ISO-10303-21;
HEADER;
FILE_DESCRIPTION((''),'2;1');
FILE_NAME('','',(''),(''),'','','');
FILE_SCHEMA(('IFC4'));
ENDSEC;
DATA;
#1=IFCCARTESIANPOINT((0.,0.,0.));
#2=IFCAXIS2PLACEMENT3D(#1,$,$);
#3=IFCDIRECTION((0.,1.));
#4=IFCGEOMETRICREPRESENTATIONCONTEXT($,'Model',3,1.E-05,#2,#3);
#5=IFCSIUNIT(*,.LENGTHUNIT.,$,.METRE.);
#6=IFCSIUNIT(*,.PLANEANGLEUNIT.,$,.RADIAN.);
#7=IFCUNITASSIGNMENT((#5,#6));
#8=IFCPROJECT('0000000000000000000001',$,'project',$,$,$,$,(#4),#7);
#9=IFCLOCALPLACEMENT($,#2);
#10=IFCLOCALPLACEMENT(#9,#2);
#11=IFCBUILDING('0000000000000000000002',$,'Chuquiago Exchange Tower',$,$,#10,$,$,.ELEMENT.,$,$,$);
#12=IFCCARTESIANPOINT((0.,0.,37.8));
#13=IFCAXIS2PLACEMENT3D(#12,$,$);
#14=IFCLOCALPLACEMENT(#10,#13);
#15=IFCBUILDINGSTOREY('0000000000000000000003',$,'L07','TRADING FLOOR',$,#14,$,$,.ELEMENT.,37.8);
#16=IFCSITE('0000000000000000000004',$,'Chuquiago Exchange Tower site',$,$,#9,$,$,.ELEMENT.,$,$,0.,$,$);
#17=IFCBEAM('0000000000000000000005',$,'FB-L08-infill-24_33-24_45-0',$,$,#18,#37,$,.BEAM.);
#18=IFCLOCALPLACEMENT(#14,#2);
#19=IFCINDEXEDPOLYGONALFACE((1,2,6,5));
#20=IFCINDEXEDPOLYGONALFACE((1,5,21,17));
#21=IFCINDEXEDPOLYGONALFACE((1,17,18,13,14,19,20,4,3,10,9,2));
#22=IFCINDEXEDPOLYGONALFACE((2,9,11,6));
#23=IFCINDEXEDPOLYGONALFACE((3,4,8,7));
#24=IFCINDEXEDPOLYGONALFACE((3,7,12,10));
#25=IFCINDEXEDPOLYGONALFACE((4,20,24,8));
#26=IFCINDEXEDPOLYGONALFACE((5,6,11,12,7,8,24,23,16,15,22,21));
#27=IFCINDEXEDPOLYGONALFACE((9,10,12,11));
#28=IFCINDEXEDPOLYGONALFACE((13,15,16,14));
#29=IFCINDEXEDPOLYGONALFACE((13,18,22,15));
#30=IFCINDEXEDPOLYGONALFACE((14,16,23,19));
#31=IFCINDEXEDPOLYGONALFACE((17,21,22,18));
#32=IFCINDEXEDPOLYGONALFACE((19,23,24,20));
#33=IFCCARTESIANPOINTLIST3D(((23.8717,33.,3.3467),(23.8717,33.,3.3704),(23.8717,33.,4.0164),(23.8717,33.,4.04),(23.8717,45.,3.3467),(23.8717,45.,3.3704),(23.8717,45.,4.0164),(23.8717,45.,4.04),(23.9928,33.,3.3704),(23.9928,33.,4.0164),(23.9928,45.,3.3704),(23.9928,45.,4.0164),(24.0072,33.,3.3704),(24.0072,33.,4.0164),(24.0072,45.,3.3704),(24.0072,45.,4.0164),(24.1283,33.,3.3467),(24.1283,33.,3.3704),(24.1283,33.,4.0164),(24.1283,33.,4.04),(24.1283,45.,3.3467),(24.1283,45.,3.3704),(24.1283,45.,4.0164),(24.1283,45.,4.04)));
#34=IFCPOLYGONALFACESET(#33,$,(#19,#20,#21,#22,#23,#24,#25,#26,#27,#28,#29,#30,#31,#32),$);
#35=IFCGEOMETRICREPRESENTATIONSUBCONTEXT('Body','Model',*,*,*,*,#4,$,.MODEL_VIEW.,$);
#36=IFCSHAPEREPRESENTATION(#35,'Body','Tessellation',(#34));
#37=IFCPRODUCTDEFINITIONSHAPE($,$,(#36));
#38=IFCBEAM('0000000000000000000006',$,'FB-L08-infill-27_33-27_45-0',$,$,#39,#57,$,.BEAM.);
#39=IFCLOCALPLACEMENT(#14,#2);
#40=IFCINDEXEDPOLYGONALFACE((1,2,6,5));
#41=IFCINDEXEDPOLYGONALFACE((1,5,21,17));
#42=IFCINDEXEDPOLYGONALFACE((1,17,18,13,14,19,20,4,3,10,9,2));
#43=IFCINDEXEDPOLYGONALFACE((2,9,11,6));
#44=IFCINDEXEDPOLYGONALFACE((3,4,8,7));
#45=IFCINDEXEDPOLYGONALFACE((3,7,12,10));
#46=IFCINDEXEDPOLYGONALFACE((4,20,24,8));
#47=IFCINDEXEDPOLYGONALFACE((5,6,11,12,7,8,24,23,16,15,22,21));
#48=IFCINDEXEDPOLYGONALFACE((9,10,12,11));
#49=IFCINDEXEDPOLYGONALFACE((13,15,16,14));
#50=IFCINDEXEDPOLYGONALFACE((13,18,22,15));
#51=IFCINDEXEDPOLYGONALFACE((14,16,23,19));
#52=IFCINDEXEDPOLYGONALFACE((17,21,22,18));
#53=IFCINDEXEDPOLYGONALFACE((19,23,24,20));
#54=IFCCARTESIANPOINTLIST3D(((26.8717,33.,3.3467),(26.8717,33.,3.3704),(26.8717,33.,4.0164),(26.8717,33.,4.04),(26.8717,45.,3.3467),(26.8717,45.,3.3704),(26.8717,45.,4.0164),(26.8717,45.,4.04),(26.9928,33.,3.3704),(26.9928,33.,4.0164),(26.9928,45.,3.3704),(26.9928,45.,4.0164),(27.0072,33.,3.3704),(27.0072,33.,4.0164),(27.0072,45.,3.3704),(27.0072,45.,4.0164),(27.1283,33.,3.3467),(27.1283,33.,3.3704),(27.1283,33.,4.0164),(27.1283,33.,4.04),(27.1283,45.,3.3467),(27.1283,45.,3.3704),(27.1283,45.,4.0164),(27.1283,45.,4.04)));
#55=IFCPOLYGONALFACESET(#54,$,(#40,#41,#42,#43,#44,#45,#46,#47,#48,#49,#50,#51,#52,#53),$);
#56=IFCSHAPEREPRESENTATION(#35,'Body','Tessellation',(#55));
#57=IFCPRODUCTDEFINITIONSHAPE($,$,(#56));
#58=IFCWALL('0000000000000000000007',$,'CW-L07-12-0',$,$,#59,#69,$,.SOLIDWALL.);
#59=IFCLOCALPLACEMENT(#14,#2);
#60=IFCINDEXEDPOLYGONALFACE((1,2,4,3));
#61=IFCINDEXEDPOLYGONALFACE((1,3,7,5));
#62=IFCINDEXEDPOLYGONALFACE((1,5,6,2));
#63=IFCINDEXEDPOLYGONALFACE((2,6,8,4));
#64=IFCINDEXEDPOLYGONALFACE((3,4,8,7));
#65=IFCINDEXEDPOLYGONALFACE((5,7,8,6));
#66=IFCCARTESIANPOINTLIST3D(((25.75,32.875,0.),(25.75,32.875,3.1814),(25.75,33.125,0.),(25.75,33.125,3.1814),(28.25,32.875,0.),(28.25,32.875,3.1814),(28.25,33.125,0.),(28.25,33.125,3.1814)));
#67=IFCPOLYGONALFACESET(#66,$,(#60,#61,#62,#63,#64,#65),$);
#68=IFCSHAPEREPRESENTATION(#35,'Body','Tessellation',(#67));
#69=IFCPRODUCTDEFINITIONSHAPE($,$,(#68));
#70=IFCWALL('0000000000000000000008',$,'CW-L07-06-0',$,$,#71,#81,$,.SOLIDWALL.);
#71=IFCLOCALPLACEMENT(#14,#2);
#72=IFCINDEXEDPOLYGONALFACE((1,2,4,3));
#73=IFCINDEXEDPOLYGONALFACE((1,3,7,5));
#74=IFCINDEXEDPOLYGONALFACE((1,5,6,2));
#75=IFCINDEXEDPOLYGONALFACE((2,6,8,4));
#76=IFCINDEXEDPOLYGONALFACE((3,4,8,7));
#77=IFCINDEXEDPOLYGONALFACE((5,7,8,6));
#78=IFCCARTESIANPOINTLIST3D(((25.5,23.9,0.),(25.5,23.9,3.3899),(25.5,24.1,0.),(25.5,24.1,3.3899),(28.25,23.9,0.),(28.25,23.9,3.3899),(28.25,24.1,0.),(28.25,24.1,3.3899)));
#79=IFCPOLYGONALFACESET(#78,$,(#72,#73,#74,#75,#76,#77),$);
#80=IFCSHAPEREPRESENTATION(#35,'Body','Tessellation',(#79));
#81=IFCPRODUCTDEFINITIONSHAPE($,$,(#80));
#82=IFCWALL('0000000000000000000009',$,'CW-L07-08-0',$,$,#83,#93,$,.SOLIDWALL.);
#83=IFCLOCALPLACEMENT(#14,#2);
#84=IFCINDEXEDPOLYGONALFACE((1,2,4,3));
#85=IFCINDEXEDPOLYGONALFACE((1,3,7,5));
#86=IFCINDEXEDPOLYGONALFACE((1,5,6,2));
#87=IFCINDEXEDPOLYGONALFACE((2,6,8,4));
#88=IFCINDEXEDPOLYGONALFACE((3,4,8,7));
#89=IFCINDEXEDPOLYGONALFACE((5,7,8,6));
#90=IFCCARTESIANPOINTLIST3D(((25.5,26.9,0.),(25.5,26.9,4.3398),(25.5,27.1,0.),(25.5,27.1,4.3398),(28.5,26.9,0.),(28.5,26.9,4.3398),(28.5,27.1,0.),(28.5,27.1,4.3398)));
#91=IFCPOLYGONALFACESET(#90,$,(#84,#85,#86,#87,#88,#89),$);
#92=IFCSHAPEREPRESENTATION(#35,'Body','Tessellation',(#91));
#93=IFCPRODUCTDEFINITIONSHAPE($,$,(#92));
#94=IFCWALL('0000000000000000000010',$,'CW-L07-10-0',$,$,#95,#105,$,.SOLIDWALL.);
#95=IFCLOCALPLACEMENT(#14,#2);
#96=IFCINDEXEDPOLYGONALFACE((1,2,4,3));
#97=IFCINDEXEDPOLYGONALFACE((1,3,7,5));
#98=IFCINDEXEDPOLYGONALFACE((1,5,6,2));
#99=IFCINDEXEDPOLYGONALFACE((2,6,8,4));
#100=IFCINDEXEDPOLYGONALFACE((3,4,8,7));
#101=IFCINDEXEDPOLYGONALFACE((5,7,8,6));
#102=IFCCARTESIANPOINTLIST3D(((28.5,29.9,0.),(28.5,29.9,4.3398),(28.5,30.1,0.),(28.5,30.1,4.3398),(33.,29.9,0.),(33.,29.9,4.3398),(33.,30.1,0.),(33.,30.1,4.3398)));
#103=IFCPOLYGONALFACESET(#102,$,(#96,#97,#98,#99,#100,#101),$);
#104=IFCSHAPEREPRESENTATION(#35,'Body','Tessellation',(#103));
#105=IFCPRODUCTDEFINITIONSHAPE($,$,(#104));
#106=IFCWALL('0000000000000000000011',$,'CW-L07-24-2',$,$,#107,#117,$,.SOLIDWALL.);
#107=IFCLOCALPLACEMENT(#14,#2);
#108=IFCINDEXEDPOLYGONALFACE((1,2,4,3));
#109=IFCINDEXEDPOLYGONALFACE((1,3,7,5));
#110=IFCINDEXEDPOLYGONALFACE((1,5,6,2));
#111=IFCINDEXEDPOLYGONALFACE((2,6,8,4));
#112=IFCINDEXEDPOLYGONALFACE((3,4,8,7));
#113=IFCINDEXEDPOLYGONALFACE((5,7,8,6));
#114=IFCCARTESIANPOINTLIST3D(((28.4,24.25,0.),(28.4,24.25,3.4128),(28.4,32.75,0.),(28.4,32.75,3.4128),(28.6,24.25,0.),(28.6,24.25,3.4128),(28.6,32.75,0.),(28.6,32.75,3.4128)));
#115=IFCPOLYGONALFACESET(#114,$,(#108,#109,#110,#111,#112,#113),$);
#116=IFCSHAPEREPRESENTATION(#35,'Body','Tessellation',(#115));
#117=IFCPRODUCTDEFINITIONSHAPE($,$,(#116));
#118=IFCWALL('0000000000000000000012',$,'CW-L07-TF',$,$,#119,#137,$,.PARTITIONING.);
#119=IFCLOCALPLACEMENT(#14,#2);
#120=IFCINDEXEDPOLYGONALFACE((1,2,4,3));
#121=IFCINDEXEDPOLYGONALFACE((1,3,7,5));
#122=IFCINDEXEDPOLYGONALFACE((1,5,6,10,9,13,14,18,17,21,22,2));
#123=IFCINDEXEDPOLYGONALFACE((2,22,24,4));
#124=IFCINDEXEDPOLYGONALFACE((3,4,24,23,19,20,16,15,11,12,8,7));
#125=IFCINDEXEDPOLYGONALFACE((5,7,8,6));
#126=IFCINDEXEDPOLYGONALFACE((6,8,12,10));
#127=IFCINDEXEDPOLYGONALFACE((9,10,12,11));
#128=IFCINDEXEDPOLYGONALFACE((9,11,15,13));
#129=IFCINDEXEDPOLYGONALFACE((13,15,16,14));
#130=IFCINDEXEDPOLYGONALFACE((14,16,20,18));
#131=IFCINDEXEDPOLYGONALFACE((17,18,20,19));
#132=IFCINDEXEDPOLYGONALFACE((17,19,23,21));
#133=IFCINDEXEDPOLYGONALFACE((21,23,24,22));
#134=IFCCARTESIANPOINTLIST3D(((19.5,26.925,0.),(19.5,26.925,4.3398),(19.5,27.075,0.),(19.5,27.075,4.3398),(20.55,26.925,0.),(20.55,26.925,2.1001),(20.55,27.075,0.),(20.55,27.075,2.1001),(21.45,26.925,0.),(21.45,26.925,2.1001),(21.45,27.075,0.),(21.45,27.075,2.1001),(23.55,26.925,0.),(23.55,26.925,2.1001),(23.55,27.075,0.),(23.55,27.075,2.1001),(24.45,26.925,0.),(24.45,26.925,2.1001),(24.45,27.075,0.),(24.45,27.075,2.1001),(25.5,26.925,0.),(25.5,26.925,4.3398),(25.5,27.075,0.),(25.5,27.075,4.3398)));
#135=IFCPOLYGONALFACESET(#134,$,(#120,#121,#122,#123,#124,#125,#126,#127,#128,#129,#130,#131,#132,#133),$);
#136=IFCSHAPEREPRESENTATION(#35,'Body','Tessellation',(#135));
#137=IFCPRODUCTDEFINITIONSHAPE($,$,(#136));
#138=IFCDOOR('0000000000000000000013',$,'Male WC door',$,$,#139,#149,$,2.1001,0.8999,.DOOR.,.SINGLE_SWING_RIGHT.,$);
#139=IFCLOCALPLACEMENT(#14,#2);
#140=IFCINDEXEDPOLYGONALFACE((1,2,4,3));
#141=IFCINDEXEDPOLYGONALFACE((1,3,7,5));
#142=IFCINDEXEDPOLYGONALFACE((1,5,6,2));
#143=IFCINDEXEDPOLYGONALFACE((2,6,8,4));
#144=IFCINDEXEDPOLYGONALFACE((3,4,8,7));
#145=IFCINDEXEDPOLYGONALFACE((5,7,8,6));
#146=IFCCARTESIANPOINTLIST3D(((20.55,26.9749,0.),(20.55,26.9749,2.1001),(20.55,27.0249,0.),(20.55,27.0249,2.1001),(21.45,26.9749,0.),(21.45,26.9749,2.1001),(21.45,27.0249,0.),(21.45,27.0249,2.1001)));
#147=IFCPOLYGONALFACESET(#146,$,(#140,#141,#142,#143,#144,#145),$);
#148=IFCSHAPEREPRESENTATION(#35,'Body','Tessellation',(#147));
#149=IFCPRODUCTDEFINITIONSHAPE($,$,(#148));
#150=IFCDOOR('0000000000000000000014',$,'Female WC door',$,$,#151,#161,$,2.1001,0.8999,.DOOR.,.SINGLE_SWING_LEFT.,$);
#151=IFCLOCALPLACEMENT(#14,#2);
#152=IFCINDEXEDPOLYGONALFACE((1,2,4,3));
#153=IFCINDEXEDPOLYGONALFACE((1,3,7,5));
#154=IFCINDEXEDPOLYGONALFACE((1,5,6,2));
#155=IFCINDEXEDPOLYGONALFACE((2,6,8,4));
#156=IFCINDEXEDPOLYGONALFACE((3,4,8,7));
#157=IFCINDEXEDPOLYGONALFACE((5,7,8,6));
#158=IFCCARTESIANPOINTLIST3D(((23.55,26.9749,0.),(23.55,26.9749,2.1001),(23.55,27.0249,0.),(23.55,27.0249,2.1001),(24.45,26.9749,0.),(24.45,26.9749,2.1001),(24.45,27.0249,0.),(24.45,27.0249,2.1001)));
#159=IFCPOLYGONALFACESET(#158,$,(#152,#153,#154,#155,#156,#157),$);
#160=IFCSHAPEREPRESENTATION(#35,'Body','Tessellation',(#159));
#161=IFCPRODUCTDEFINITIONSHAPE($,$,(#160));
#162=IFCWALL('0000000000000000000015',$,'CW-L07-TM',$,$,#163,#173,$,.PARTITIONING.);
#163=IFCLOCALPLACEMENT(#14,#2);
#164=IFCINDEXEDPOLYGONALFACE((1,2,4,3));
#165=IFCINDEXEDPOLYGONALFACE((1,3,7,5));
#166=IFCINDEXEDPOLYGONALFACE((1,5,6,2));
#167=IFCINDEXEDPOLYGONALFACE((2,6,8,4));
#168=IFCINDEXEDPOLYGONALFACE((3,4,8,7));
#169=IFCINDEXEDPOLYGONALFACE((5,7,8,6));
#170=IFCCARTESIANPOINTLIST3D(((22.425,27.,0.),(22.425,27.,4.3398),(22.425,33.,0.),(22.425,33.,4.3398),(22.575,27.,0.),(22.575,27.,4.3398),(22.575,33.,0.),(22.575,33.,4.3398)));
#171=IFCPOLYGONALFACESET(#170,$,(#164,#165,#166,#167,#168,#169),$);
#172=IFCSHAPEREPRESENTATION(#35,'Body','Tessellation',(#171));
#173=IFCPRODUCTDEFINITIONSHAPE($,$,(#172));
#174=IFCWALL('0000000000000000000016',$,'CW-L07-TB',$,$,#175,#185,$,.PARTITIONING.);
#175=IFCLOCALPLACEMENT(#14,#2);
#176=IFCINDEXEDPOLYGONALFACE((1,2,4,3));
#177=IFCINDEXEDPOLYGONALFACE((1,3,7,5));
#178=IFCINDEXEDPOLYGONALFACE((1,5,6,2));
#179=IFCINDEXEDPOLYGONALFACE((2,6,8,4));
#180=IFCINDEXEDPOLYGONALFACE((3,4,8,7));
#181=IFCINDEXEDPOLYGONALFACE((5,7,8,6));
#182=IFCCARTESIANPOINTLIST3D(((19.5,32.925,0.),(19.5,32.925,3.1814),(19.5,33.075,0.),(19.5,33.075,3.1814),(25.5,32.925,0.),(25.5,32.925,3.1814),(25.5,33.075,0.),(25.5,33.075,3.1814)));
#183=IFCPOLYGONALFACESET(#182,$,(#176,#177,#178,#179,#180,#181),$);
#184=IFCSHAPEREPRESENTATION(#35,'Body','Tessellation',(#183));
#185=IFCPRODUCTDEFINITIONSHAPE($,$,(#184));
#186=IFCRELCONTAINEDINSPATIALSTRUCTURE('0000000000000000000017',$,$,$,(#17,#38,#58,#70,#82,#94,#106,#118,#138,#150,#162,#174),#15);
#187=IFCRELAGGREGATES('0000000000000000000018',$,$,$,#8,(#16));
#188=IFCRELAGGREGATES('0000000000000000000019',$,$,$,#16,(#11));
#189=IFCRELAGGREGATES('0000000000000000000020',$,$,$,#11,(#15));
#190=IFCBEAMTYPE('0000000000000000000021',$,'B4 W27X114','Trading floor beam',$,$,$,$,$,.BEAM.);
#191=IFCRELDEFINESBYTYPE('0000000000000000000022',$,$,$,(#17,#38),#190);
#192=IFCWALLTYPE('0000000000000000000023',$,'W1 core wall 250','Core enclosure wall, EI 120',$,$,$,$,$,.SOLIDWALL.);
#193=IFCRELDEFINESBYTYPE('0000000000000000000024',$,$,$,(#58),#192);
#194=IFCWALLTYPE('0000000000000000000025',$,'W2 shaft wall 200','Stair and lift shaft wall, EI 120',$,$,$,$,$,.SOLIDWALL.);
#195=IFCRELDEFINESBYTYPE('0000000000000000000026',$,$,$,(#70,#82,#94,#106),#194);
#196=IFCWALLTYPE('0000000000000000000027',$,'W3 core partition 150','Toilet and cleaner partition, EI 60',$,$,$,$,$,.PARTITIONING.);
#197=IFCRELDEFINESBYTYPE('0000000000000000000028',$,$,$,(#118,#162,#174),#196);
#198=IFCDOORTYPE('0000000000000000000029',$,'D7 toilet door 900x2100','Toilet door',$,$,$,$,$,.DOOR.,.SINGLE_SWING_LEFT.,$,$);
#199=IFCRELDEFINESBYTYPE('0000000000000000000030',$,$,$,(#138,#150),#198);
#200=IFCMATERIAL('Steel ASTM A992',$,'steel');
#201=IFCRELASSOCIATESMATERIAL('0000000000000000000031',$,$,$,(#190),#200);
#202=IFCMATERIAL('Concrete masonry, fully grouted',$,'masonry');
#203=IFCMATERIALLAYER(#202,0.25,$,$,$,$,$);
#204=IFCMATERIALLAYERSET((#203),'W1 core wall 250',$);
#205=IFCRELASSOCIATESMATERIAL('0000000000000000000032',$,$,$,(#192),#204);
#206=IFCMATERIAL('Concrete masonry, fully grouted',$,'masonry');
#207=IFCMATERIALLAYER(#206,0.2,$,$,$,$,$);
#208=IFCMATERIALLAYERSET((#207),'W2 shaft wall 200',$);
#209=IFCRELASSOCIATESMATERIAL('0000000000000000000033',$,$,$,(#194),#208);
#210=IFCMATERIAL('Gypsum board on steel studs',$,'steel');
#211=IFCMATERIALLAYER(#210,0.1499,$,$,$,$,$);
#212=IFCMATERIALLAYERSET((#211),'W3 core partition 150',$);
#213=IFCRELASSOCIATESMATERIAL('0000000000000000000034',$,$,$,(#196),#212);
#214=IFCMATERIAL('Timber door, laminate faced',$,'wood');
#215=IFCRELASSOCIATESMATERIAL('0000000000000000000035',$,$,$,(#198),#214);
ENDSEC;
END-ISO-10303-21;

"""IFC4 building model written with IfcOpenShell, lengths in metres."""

from ifc_helpers import new_model, si_unit, direction, frame, frame_2d, origin, origin_2d, place, context, subcontext, project, spatial, rectangle, i_section, extrude, material, layer, layer_set, material_profile, profile_set, type_object, element, fill, save


model = new_model("IFC4")

# Units and contexts
model_context = context("Model", 3, precision=1e-05, world=origin(), true_north=direction((0.0, 1.0)))
body_context = subcontext(model_context, "Body", "Model", "MODEL_VIEW")
ifc_project = project(units=[si_unit("LENGTHUNIT", "METRE"), si_unit("PLANEANGLEUNIT", "RADIAN")], contexts=[model_context])

# Site, building, storey
site_placement = place(None, origin())
site = spatial("IfcSite", under=ifc_project, at=site_placement, Name="Chuquiago Exchange Tower site", CompositionType="ELEMENT", RefElevation=0.0)
building_placement = place(site_placement, origin())
building = spatial("IfcBuilding", under=site, at=building_placement, Name="Chuquiago Exchange Tower", CompositionType="ELEMENT")
storey_placement = place(building_placement, frame((0.0, 0.0, 37.8)))
storey = spatial("IfcBuildingStorey", under=building, at=storey_placement, Name="L07", Description="TRADING FLOOR", CompositionType="ELEMENT", Elevation=37.8)

# Beams
ifc_material_1 = material(Name="Steel ASTM A992", Category="steel")
ifc_material_profile_1 = material_profile(ifc_material_1, i_section(OverallWidth=0.2566, OverallDepth=0.6934, WebThickness=0.0144, FlangeThickness=0.0237, at=origin_2d()), Name="W27X114")
ifc_profile_set_1 = profile_set([ifc_material_profile_1], Name="Steel ASTM A992")
beam_type_1 = type_object("IfcBeamType", Name="B4 W27X114", Description="Trading floor beam", PredefinedType="BEAM", material=ifc_profile_set_1)
for number, where, z_axis, x_axis, name in (
    (1, (24.0, 33.0, 3.6934), (0.0, 1.0, 0.0), (-1.0, 0.0, 0.0), "FB-L08-infill-24_33-24_45-0"),
    (2, (27.0, 33.0, 3.6934), (0.0, 1.0, 0.0), (-1.0, 0.0, 0.0), "FB-L08-infill-27_33-27_45-0"),
):
    element("IfcBeam", number, at=place(storey_placement, frame(where, z_axis=z_axis, x_axis=x_axis)), inside=storey, type_object=beam_type_1, Name=name, PredefinedType="BEAM", context=body_context, shape_type="SweptSolid", body=[
        extrude(i_section(OverallWidth=0.2566, OverallDepth=0.6934, WebThickness=0.0144, FlangeThickness=0.0237, at=origin_2d()), origin(), (0.0, 0.0, 1.0), 12.0),
    ])

# Walls
ifc_material_2 = material(Name="Concrete masonry, fully grouted", Category="masonry")
ifc_layer_1 = layer(ifc_material_2, 0.25)
ifc_layer_set_1 = layer_set([ifc_layer_1], Name="W1 core wall 250")
wall_type_1 = type_object("IfcWallType", Name="W1 core wall 250", Description="Core enclosure wall, EI 120", PredefinedType="SOLIDWALL", material=ifc_layer_set_1)
wall_1_placement = place(storey_placement, frame((25.75, 33.0, 0.0), z_axis=(0.0, 0.0, 1.0), x_axis=(1.0, 0.0, 0.0)))
element("IfcWall", 3, at=wall_1_placement, inside=storey, type_object=wall_type_1, Name="CW-L07-12-0", PredefinedType="SOLIDWALL", context=body_context, shape_type="SweptSolid", body=[
    extrude(rectangle(XDim=2.5, YDim=0.25, at=frame_2d((1.25, 0.0))), origin(), (0.0, 0.0, 1.0), 3.1814),
])
ifc_material_3 = material(Name="Concrete masonry, fully grouted", Category="masonry")
ifc_layer_2 = layer(ifc_material_3, 0.2)
ifc_layer_set_2 = layer_set([ifc_layer_2], Name="W2 shaft wall 200")
wall_type_2 = type_object("IfcWallType", Name="W2 shaft wall 200", Description="Stair and lift shaft wall, EI 120", PredefinedType="SOLIDWALL", material=ifc_layer_set_2)
wall_2_placement = place(storey_placement, frame((25.5, 24.0, 0.0), z_axis=(0.0, 0.0, 1.0), x_axis=(1.0, 0.0, 0.0)))
element("IfcWall", 4, at=wall_2_placement, inside=storey, type_object=wall_type_2, Name="CW-L07-06-0", PredefinedType="SOLIDWALL", context=body_context, shape_type="SweptSolid", body=[
    extrude(rectangle(XDim=2.75, YDim=0.2, at=frame_2d((1.375, 0.0))), origin(), (0.0, 0.0, 1.0), 3.3899),
])
wall_3_placement = place(storey_placement, frame((25.5, 27.0, 0.0), z_axis=(0.0, 0.0, 1.0), x_axis=(1.0, 0.0, 0.0)))
element("IfcWall", 5, at=wall_3_placement, inside=storey, type_object=wall_type_2, Name="CW-L07-08-0", PredefinedType="SOLIDWALL", context=body_context, shape_type="SweptSolid", body=[
    extrude(rectangle(XDim=3.0, YDim=0.2, at=frame_2d((1.5, 0.0))), origin(), (0.0, 0.0, 1.0), 4.3398),
])
wall_4_placement = place(storey_placement, frame((28.5, 30.0, 0.0), z_axis=(0.0, 0.0, 1.0), x_axis=(1.0, 0.0, 0.0)))
element("IfcWall", 6, at=wall_4_placement, inside=storey, type_object=wall_type_2, Name="CW-L07-10-0", PredefinedType="SOLIDWALL", context=body_context, shape_type="SweptSolid", body=[
    extrude(rectangle(XDim=4.5, YDim=0.2, at=frame_2d((2.25, 0.0))), origin(), (0.0, 0.0, 1.0), 4.3398),
])
wall_5_placement = place(storey_placement, frame((28.5, 24.25, 0.0), z_axis=(0.0, 0.0, 1.0), x_axis=(0.0, 1.0, 0.0)))
element("IfcWall", 7, at=wall_5_placement, inside=storey, type_object=wall_type_2, Name="CW-L07-24-2", PredefinedType="SOLIDWALL", context=body_context, shape_type="SweptSolid", body=[
    extrude(rectangle(XDim=8.5, YDim=0.2, at=frame_2d((4.25, 0.0))), origin(), (0.0, 0.0, 1.0), 3.4128),
])

# Wall, openings, doors
ifc_material_4 = material(Name="Gypsum board on steel studs", Category="steel")
ifc_layer_3 = layer(ifc_material_4, 0.1499)
ifc_layer_set_3 = layer_set([ifc_layer_3], Name="W3 core partition 150")
wall_type_3 = type_object("IfcWallType", Name="W3 core partition 150", Description="Toilet and cleaner partition, EI 60", PredefinedType="PARTITIONING", material=ifc_layer_set_3)
wall_6_placement = place(storey_placement, frame((19.5, 27.0, 0.0), z_axis=(0.0, 0.0, 1.0), x_axis=(1.0, 0.0, 0.0)))
wall_6 = element("IfcWall", 8, at=wall_6_placement, inside=storey, type_object=wall_type_3, Name="CW-L07-TF", PredefinedType="PARTITIONING", context=body_context, shape_type="SweptSolid", body=[
    extrude(rectangle(XDim=6.0, YDim=0.1499, at=frame_2d((3.0, 0.0))), origin(), (0.0, 0.0, 1.0), 4.3398),
])
opening_1_placement = place(wall_6_placement, frame((1.05, 0.0, 0.0)))
opening_1 = element("IfcOpeningElement", 9, at=opening_1_placement, cuts=wall_6, PredefinedType="OPENING", context=body_context, shape_type="SweptSolid", body=[
    extrude(rectangle(XDim=0.8999, YDim=2.1001, at=frame_2d((0.45, 1.05))), frame((0.0, 0.085, 0.0), z_axis=(0.0, -1.0, 0.0), x_axis=(1.0, 0.0, 0.0)), (0.0, 0.0, 1.0), 0.1699),
])
opening_2_placement = place(wall_6_placement, frame((4.05, 0.0, 0.0)))
opening_2 = element("IfcOpeningElement", 10, at=opening_2_placement, cuts=wall_6, PredefinedType="OPENING", context=body_context, shape_type="SweptSolid", body=[
    extrude(rectangle(XDim=0.8999, YDim=2.1001, at=frame_2d((0.45, 1.05))), frame((0.0, 0.085, 0.0), z_axis=(0.0, -1.0, 0.0), x_axis=(1.0, 0.0, 0.0)), (0.0, 0.0, 1.0), 0.1699),
])
ifc_material_5 = material(Name="Timber door, laminate faced", Category="wood")
door_type = type_object("IfcDoorType", Name="D7 toilet door 900x2100", Description="Toilet door", OperationType="SINGLE_SWING_LEFT", PredefinedType="DOOR", material=ifc_material_5)
door_1_placement = place(opening_1_placement, origin())
door_1 = element("IfcDoor", 11, at=door_1_placement, inside=storey, type_object=door_type, Name="Male WC door", OperationType="SINGLE_SWING_RIGHT", OverallHeight=2.1001, OverallWidth=0.8999, PredefinedType="DOOR", context=body_context, shape_type="SweptSolid", body=[
    extrude(rectangle(XDim=0.8999, YDim=2.1001, at=frame_2d((0.45, 1.05))), frame((0.0, 0.0249, 0.0), z_axis=(0.0, -1.0, 0.0), x_axis=(1.0, 0.0, 0.0)), (0.0, 0.0, 1.0), 0.05),
])
fill(opening_1, door_1)
door_2_placement = place(opening_2_placement, origin())
door_2 = element("IfcDoor", 12, at=door_2_placement, inside=storey, type_object=door_type, Name="Female WC door", OperationType="SINGLE_SWING_LEFT", OverallHeight=2.1001, OverallWidth=0.8999, PredefinedType="DOOR", context=body_context, shape_type="SweptSolid", body=[
    extrude(rectangle(XDim=0.8999, YDim=2.1001, at=frame_2d((0.45, 1.05))), frame((0.0, 0.0249, 0.0), z_axis=(0.0, -1.0, 0.0), x_axis=(1.0, 0.0, 0.0)), (0.0, 0.0, 1.0), 0.05),
])
fill(opening_2, door_2)

# Walls
wall_7_placement = place(storey_placement, frame((22.5, 27.0, 0.0), z_axis=(0.0, 0.0, 1.0), x_axis=(0.0, 1.0, 0.0)))
element("IfcWall", 13, at=wall_7_placement, inside=storey, type_object=wall_type_3, Name="CW-L07-TM", PredefinedType="PARTITIONING", context=body_context, shape_type="SweptSolid", body=[
    extrude(rectangle(XDim=6.0, YDim=0.1499, at=frame_2d((3.0, 0.0))), origin(), (0.0, 0.0, 1.0), 4.3398),
])
wall_8_placement = place(storey_placement, frame((19.5, 33.0, 0.0), z_axis=(0.0, 0.0, 1.0), x_axis=(1.0, 0.0, 0.0)))
element("IfcWall", 14, at=wall_8_placement, inside=storey, type_object=wall_type_3, Name="CW-L07-TB", PredefinedType="PARTITIONING", context=body_context, shape_type="SweptSolid", body=[
    extrude(rectangle(XDim=6.0, YDim=0.1499, at=frame_2d((3.0, 0.0))), origin(), (0.0, 0.0, 1.0), 3.1814),
])

save(model, "model.ifc")
